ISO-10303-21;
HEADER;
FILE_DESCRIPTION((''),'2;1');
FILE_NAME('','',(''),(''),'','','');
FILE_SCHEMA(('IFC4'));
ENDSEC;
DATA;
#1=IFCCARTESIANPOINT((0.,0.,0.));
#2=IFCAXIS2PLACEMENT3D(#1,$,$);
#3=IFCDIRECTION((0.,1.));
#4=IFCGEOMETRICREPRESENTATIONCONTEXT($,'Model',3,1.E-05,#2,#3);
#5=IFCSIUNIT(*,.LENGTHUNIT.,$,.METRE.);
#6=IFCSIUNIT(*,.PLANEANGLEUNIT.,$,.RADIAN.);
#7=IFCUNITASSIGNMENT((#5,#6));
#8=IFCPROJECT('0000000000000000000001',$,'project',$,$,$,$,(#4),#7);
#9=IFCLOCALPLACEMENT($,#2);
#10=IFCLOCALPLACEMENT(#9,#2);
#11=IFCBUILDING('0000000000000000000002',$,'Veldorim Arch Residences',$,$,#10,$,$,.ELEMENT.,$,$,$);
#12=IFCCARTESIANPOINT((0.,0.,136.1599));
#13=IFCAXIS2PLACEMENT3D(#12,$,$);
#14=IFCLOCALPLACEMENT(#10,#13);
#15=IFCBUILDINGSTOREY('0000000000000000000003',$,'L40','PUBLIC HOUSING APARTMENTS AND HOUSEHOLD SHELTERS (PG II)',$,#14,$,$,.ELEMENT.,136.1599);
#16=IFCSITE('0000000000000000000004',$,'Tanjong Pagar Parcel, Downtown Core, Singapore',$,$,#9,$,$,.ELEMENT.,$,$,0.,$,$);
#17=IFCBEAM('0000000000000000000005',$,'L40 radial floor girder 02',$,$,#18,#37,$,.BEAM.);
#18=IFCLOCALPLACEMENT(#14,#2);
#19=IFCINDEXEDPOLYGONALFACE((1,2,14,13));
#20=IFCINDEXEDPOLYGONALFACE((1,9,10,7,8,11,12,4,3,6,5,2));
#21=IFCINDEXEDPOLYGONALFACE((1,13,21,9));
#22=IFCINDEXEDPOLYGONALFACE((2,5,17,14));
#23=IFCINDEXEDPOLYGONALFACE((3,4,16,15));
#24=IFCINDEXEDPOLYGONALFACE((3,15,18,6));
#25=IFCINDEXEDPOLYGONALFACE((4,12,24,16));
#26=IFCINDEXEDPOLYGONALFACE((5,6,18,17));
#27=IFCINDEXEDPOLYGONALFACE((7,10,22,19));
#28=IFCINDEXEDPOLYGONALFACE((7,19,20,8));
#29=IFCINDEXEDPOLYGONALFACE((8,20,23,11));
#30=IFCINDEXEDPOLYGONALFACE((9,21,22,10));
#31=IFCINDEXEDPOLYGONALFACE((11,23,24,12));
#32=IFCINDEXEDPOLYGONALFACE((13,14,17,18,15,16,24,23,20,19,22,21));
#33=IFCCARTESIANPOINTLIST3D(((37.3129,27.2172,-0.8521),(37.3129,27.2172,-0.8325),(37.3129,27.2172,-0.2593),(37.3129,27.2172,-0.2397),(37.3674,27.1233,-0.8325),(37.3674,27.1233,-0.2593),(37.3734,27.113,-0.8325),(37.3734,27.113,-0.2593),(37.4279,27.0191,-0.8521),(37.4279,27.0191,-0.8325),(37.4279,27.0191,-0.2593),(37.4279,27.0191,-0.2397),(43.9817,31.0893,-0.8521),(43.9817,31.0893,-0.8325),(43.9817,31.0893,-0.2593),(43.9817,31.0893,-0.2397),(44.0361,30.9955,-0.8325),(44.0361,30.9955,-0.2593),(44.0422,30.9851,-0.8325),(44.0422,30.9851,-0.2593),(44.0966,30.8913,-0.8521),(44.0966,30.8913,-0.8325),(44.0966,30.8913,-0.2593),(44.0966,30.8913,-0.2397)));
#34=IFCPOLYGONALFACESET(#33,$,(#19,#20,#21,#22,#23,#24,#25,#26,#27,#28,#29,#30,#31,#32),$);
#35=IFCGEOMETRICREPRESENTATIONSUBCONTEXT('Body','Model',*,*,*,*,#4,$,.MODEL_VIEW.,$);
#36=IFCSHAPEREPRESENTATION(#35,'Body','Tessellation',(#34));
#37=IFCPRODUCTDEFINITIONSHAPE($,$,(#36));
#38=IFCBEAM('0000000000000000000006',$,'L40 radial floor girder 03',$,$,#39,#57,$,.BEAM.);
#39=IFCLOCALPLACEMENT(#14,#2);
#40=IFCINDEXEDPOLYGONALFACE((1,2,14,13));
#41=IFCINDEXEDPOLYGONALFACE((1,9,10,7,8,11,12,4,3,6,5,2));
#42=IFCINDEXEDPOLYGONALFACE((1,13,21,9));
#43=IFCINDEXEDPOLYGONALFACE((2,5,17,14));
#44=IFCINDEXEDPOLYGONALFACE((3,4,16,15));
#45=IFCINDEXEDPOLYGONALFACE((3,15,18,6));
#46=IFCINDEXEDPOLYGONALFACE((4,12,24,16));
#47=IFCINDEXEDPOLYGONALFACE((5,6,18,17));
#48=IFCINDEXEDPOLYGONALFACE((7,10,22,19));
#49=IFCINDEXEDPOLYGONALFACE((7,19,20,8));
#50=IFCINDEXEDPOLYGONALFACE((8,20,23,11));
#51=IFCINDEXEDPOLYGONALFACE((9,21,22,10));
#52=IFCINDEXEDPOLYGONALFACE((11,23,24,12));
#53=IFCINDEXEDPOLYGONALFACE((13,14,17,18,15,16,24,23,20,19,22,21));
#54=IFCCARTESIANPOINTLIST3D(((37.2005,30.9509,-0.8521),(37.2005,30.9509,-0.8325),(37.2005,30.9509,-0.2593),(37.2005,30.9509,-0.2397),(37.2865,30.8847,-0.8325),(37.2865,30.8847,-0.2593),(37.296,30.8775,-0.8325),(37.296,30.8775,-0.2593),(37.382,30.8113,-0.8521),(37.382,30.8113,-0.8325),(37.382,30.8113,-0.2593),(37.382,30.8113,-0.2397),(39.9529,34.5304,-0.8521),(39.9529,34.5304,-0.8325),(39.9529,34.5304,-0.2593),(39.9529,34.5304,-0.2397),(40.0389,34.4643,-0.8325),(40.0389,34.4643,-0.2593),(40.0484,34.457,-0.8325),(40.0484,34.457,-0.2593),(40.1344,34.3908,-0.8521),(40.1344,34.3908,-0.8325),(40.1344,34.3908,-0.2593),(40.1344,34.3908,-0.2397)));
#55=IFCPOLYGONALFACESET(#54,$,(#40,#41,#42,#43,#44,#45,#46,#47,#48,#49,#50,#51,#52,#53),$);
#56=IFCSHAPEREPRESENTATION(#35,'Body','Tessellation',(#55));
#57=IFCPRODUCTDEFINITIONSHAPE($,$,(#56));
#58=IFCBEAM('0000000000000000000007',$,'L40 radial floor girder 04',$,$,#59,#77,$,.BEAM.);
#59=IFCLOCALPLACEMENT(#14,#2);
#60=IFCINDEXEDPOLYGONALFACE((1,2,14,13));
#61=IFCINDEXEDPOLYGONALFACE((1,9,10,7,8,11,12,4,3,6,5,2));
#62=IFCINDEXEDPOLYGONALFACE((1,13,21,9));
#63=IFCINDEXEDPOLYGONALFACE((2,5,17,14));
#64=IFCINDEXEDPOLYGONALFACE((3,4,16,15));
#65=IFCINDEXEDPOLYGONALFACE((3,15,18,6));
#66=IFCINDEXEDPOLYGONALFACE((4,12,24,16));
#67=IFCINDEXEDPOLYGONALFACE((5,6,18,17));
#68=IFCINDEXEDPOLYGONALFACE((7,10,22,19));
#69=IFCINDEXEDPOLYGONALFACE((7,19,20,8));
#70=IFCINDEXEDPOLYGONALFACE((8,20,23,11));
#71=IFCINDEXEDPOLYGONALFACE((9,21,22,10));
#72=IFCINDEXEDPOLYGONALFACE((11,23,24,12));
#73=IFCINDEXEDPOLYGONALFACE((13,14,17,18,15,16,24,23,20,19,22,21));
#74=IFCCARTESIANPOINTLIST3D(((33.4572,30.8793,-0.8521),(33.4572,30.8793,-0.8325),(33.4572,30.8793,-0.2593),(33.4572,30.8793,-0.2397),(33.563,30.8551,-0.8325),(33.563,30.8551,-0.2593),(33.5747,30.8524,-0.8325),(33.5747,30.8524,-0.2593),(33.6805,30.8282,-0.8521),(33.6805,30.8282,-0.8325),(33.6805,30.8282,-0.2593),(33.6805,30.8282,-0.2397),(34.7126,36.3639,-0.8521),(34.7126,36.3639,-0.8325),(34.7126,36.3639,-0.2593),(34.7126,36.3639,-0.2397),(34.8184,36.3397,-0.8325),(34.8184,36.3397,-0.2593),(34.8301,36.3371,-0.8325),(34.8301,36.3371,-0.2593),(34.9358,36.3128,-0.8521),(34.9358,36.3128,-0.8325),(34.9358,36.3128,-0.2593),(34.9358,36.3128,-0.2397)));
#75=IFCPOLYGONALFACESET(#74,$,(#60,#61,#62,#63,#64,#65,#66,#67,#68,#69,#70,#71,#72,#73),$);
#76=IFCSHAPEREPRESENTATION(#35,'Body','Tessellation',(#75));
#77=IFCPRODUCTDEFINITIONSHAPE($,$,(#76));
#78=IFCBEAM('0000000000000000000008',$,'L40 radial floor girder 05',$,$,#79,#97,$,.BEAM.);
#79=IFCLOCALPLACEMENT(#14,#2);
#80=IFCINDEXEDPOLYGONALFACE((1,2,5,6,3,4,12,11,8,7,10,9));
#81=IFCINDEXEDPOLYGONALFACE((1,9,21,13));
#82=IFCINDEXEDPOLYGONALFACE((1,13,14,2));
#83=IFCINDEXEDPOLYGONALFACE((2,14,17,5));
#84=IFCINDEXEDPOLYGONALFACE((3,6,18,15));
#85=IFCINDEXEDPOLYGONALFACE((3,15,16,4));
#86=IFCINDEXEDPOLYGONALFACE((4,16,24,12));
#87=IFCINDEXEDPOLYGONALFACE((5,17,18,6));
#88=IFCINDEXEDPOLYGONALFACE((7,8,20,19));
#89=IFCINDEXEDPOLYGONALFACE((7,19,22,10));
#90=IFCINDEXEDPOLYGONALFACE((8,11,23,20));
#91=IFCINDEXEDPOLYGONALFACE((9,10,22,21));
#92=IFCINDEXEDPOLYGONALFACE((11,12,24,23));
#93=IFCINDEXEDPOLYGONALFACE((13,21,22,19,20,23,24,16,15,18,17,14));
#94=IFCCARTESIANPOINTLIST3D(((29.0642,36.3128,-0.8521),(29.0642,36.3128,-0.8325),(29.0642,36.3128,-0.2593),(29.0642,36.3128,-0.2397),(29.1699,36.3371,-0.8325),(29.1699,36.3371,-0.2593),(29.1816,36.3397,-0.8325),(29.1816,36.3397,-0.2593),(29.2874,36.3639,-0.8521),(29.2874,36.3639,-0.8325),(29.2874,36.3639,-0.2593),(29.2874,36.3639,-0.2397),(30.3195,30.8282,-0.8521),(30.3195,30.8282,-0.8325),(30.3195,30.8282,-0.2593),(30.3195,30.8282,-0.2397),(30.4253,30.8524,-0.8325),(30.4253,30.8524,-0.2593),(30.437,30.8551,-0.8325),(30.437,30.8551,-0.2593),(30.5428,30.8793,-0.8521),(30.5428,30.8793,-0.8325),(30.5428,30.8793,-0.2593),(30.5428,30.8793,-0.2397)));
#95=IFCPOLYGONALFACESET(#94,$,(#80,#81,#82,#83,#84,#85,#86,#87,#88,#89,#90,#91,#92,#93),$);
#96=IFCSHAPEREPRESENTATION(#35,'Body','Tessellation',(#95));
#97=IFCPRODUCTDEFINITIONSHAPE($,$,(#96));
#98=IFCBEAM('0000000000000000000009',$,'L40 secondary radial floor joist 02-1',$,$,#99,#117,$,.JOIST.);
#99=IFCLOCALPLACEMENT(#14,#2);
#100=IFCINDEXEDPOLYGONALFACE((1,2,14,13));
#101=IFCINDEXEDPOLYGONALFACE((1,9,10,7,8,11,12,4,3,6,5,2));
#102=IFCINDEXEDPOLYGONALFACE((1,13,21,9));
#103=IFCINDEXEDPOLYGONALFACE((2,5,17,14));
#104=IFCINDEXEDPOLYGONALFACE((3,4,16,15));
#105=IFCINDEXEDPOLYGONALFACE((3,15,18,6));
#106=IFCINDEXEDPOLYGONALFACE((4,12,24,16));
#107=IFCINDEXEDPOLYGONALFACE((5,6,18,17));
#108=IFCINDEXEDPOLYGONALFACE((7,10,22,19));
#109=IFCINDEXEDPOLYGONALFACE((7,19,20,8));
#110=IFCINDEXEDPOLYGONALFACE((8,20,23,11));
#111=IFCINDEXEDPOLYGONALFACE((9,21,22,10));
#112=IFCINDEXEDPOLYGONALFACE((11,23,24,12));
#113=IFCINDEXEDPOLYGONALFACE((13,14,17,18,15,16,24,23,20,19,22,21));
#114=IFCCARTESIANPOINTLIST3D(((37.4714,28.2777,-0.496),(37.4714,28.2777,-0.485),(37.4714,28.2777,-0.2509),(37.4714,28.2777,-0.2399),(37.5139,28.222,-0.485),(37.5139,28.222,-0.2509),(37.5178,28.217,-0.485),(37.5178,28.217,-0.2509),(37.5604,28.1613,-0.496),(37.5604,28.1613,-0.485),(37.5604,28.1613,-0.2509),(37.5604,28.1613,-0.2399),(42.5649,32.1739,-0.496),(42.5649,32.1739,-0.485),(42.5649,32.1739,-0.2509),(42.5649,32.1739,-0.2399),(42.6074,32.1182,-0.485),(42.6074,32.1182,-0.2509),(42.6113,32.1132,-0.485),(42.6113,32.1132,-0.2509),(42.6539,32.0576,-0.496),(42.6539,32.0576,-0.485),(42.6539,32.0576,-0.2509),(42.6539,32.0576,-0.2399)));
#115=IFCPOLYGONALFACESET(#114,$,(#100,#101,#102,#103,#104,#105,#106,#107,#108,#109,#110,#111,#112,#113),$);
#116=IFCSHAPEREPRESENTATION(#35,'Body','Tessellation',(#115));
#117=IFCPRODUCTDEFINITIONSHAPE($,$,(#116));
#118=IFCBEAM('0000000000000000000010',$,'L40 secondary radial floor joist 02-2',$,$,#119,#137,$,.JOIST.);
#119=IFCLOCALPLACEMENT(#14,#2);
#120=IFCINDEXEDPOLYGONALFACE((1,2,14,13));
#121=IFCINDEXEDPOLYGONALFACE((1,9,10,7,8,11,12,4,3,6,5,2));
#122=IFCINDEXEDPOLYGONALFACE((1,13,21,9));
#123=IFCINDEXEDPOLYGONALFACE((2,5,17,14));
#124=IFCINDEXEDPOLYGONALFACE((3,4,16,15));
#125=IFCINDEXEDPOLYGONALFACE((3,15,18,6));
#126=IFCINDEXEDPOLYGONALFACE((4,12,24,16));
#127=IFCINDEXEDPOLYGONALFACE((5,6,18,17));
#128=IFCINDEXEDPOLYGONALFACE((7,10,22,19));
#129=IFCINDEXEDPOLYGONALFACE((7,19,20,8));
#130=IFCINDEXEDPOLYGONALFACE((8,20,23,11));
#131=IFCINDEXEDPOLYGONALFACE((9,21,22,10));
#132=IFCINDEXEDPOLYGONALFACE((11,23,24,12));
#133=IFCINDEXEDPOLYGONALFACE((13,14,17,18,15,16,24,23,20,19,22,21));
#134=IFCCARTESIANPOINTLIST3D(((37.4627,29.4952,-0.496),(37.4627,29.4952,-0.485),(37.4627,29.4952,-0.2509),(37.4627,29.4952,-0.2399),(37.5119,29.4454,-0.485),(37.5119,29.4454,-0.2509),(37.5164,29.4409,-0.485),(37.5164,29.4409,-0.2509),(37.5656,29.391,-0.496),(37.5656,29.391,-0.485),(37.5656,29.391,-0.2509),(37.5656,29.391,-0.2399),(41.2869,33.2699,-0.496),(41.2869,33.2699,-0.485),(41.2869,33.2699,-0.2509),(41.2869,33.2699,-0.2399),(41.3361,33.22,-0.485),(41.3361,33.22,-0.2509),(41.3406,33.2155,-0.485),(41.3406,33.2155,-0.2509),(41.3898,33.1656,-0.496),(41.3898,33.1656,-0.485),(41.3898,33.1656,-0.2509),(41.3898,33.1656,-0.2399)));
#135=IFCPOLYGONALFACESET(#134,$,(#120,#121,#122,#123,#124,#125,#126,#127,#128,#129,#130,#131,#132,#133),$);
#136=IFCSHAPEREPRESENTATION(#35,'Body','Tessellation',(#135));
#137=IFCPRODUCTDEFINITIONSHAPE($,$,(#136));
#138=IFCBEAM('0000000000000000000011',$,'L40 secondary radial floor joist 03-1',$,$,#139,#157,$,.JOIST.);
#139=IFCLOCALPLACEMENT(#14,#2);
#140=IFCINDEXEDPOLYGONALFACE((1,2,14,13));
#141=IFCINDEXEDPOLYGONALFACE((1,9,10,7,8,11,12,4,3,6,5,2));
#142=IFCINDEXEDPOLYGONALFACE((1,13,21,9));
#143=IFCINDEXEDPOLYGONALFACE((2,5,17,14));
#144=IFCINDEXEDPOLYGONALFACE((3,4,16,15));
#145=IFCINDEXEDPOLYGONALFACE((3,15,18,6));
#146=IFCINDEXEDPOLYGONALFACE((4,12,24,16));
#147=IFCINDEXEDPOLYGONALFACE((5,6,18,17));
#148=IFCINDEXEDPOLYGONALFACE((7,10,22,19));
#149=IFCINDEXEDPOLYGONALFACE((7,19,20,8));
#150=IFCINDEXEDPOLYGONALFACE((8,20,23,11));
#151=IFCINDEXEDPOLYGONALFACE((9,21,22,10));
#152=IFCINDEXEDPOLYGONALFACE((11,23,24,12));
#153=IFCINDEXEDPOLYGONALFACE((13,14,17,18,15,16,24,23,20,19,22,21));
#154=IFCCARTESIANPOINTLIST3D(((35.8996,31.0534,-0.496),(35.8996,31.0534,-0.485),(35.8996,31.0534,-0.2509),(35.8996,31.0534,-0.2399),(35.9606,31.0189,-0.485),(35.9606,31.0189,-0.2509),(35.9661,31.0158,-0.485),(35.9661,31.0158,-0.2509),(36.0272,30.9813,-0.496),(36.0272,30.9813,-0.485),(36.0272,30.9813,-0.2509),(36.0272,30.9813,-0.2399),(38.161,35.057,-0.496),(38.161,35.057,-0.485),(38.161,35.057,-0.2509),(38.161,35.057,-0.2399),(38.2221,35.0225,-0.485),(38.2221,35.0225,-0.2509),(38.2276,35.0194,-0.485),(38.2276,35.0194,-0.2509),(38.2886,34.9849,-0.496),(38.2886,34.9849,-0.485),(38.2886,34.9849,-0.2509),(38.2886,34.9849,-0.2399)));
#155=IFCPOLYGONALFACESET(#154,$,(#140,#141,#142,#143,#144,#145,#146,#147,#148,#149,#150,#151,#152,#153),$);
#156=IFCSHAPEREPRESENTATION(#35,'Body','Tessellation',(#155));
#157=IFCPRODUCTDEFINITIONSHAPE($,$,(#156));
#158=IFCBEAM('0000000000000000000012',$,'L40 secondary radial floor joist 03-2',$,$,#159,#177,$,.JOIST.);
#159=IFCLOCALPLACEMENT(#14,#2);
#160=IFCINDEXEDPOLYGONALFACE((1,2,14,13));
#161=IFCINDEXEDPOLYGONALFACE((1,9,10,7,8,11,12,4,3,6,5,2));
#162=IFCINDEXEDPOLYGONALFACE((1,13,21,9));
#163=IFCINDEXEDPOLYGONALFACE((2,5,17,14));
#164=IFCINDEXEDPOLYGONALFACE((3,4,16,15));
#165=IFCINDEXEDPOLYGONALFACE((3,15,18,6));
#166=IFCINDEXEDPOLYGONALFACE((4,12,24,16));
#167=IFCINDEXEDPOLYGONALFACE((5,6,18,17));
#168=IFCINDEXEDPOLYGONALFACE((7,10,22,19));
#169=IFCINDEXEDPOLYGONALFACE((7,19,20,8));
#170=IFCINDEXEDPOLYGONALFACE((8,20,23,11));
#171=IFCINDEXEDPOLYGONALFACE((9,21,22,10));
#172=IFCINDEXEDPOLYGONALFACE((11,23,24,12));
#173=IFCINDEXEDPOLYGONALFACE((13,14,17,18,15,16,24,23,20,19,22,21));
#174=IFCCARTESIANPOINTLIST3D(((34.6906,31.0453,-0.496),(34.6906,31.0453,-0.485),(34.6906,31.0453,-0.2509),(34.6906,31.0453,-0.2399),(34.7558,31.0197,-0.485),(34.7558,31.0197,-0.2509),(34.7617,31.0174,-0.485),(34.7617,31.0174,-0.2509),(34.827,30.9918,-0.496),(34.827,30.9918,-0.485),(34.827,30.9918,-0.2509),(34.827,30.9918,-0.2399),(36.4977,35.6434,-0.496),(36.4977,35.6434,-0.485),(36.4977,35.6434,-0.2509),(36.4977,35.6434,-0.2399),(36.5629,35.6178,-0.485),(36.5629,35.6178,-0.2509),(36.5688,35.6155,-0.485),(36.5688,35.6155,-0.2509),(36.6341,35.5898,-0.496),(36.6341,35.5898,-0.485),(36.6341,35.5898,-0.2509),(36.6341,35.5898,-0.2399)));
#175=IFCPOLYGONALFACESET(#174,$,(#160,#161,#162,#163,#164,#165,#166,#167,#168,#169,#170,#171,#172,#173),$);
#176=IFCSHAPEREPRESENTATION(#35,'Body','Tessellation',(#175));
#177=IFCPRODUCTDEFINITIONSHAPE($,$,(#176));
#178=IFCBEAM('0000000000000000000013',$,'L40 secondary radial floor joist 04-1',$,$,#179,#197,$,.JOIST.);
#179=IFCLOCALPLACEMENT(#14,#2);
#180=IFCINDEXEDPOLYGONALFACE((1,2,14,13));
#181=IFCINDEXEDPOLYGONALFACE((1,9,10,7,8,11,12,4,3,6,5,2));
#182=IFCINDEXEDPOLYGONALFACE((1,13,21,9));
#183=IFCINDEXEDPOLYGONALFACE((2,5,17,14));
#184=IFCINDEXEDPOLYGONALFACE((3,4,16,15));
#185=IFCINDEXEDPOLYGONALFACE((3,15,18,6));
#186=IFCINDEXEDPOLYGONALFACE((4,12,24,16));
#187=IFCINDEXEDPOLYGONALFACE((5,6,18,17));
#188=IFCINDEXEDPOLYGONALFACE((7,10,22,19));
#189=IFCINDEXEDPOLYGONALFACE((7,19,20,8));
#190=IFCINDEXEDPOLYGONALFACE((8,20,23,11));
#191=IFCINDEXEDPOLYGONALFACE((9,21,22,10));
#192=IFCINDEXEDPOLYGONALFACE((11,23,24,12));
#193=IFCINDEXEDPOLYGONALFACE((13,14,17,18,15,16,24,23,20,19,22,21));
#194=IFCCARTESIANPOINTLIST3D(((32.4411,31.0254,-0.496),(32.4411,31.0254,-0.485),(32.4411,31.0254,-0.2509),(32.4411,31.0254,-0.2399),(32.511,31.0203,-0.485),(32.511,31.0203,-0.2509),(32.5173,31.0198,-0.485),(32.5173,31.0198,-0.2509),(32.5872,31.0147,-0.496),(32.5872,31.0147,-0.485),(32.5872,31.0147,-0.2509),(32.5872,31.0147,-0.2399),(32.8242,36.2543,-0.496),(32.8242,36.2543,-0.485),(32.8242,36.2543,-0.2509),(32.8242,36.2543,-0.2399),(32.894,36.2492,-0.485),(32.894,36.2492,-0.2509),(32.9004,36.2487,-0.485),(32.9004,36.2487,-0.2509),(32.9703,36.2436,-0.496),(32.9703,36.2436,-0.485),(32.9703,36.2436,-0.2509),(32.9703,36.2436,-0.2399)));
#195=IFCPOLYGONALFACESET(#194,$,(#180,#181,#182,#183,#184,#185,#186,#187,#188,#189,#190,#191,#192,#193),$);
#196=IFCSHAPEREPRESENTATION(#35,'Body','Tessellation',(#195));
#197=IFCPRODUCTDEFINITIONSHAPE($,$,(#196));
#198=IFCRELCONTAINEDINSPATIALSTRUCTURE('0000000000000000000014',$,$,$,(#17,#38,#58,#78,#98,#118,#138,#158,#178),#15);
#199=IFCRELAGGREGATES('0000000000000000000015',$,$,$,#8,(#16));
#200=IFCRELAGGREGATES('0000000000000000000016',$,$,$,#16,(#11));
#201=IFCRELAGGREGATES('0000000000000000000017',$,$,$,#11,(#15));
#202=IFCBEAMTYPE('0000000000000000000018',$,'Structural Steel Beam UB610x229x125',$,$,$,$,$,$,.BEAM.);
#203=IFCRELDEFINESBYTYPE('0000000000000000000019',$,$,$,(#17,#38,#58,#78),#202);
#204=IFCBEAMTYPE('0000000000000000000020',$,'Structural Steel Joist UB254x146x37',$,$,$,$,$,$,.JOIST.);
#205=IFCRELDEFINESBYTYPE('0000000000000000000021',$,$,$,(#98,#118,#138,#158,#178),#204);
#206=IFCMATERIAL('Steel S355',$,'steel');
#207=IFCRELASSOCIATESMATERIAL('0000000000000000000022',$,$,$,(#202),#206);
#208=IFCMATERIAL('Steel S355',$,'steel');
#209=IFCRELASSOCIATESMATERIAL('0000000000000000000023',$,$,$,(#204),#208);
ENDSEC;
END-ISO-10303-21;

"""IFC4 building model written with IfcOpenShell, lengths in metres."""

from ifc_helpers import new_model, si_unit, direction, frame, origin, origin_2d, place, context, subcontext, project, spatial, i_section, extrude, material, material_profile, profile_set, type_object, element, save


model = new_model("IFC4")

# Units and contexts
model_context = context("Model", 3, precision=1e-05, world=origin(), true_north=direction((0.0, 1.0)))
body_context = subcontext(model_context, "Body", "Model", "MODEL_VIEW")
ifc_project = project(units=[si_unit("LENGTHUNIT", "METRE"), si_unit("PLANEANGLEUNIT", "RADIAN")], contexts=[model_context])

# Site, building, storey
site_placement = place(None, origin())
site = spatial("IfcSite", under=ifc_project, at=site_placement, Name="Tanjong Pagar Parcel, Downtown Core, Singapore", CompositionType="ELEMENT", RefElevation=0.0)
building_placement = place(site_placement, origin())
building = spatial("IfcBuilding", under=site, at=building_placement, Name="Veldorim Arch Residences", CompositionType="ELEMENT")
storey_placement = place(building_placement, frame((0.0, 0.0, 136.1599)))
storey = spatial("IfcBuildingStorey", under=building, at=storey_placement, Name="L40", Description="PUBLIC HOUSING APARTMENTS AND HOUSEHOLD SHELTERS (PG II)", CompositionType="ELEMENT", Elevation=136.1599)

# Beams
ifc_material_1 = material(Name="Steel S355", Category="steel")
ifc_material_profile_1 = material_profile(ifc_material_1, i_section(OverallWidth=0.229, OverallDepth=0.6123, WebThickness=0.012, FlangeThickness=0.0195, at=origin_2d()), Name="UB610x229x125")
ifc_profile_set_1 = profile_set([ifc_material_profile_1], Name="Steel S355")
beam_type_1 = type_object("IfcBeamType", Name="Structural Steel Beam UB610x229x125", PredefinedType="BEAM", material=ifc_profile_set_1)
beam_1_placement = place(storey_placement, frame((37.3704, 27.1182, -0.5459), z_axis=(0.864793, 0.502128, 0.0), x_axis=(-0.502128, 0.864793, 0.0)))
element("IfcBeam", 1, at=beam_1_placement, inside=storey, type_object=beam_type_1, Name="L40 radial floor girder 02", PredefinedType="BEAM", context=body_context, shape_type="SweptSolid", body=[
    extrude(i_section(OverallWidth=0.229, OverallDepth=0.6123, WebThickness=0.012, FlangeThickness=0.0195, at=origin_2d()), origin(), (0.0, 0.0, 1.0), 7.7114),
])
beam_2_placement = place(storey_placement, frame((37.2913, 30.8811, -0.5459), z_axis=(0.609559, 0.792741, 0.0), x_axis=(-0.792741, 0.609559, 0.0)))
element("IfcBeam", 2, at=beam_2_placement, inside=storey, type_object=beam_type_1, Name="L40 radial floor girder 03", PredefinedType="BEAM", context=body_context, shape_type="SweptSolid", body=[
    extrude(i_section(OverallWidth=0.229, OverallDepth=0.6123, WebThickness=0.012, FlangeThickness=0.0195, at=origin_2d()), origin(), (0.0, 0.0, 1.0), 4.5154),
])
for number, where, z_axis, x_axis, name in (
    (3, (33.5688, 30.8538, -0.5459), (0.223119, 0.974791, 0.0), (-0.974791, 0.223119, 0.0), "L40 radial floor girder 04"),
    (4, (30.4312, 30.8538, -0.5459), (-0.223119, 0.974791, 0.0), (-0.974791, -0.223119, 0.0), "L40 radial floor girder 05"),
):
    element("IfcBeam", number, at=place(storey_placement, frame(where, z_axis=z_axis, x_axis=x_axis)), inside=storey, type_object=beam_type_1, Name=name, PredefinedType="BEAM", context=body_context, shape_type="SweptSolid", body=[
        extrude(i_section(OverallWidth=0.229, OverallDepth=0.6123, WebThickness=0.012, FlangeThickness=0.0195, at=origin_2d()), origin(), (0.0, 0.0, 1.0), 5.6265),
    ])
ifc_material_2 = material(Name="Steel S355", Category="steel")
ifc_material_profile_2 = material_profile(ifc_material_2, i_section(OverallWidth=0.1465, OverallDepth=0.2561, WebThickness=0.0063, FlangeThickness=0.011, at=origin_2d()), Name="UB254x146x37")
ifc_profile_set_2 = profile_set([ifc_material_profile_2], Name="Steel S355")
beam_type_2 = type_object("IfcBeamType", Name="Structural Steel Joist UB254x146x37", PredefinedType="JOIST", material=ifc_profile_set_2)
beam_3_placement = place(storey_placement, frame((37.5159, 28.2195, -0.3679), z_axis=(0.794267, 0.607569, 0.0), x_axis=(-0.607569, 0.794267, 0.0)))
element("IfcBeam", 5, at=beam_3_placement, inside=storey, type_object=beam_type_2, Name="L40 secondary radial floor joist 02-1", PredefinedType="JOIST", context=body_context, shape_type="SweptSolid", body=[
    extrude(i_section(OverallWidth=0.1465, OverallDepth=0.2561, WebThickness=0.0063, FlangeThickness=0.011, at=origin_2d()), origin(), (0.0, 0.0, 1.0), 6.4128),
])
beam_4_placement = place(storey_placement, frame((37.5142, 29.4431, -0.3679), z_axis=(0.711703, 0.70248, 0.0), x_axis=(-0.70248, 0.711703, 0.0)))
element("IfcBeam", 6, at=beam_4_placement, inside=storey, type_object=beam_type_2, Name="L40 secondary radial floor joist 02-2", PredefinedType="JOIST", context=body_context, shape_type="SweptSolid", body=[
    extrude(i_section(OverallWidth=0.1465, OverallDepth=0.2561, WebThickness=0.0063, FlangeThickness=0.011, at=origin_2d()), origin(), (0.0, 0.0, 1.0), 5.3733),
])
beam_5_placement = place(storey_placement, frame((35.9634, 31.0173, -0.3679), z_axis=(0.491816, 0.870699, 0.0), x_axis=(-0.870699, 0.491816, 0.0)))
element("IfcBeam", 7, at=beam_5_placement, inside=storey, type_object=beam_type_2, Name="L40 secondary radial floor joist 03-1", PredefinedType="JOIST", context=body_context, shape_type="SweptSolid", body=[
    extrude(i_section(OverallWidth=0.1465, OverallDepth=0.2561, WebThickness=0.0063, FlangeThickness=0.011, at=origin_2d()), origin(), (0.0, 0.0, 1.0), 4.5981),
])
beam_6_placement = place(storey_placement, frame((34.7588, 31.0186, -0.3679), z_axis=(0.365778, 0.930702, 0.0), x_axis=(-0.930702, 0.365778, 0.0)))
element("IfcBeam", 8, at=beam_6_placement, inside=storey, type_object=beam_type_2, Name="L40 secondary radial floor joist 03-2", PredefinedType="JOIST", context=body_context, shape_type="SweptSolid", body=[
    extrude(i_section(OverallWidth=0.1465, OverallDepth=0.2561, WebThickness=0.0063, FlangeThickness=0.011, at=origin_2d()), origin(), (0.0, 0.0, 1.0), 4.9404),
])
for number, where, z_axis, x_axis, name in (
    (9, (32.5142, 31.02, -0.3679), (0.07306, 0.997328, 0.0), (-0.997328, 0.07306, 0.0), "L40 secondary radial floor joist 04-1"),
):
    element("IfcBeam", number, at=place(storey_placement, frame(where, z_axis=z_axis, x_axis=x_axis)), inside=storey, type_object=beam_type_2, Name=name, PredefinedType="JOIST", context=body_context, shape_type="SweptSolid", body=[
        extrude(i_section(OverallWidth=0.1465, OverallDepth=0.2561, WebThickness=0.0063, FlangeThickness=0.011, at=origin_2d()), origin(), (0.0, 0.0, 1.0), 5.2429),
    ])

save(model, "model.ifc")
